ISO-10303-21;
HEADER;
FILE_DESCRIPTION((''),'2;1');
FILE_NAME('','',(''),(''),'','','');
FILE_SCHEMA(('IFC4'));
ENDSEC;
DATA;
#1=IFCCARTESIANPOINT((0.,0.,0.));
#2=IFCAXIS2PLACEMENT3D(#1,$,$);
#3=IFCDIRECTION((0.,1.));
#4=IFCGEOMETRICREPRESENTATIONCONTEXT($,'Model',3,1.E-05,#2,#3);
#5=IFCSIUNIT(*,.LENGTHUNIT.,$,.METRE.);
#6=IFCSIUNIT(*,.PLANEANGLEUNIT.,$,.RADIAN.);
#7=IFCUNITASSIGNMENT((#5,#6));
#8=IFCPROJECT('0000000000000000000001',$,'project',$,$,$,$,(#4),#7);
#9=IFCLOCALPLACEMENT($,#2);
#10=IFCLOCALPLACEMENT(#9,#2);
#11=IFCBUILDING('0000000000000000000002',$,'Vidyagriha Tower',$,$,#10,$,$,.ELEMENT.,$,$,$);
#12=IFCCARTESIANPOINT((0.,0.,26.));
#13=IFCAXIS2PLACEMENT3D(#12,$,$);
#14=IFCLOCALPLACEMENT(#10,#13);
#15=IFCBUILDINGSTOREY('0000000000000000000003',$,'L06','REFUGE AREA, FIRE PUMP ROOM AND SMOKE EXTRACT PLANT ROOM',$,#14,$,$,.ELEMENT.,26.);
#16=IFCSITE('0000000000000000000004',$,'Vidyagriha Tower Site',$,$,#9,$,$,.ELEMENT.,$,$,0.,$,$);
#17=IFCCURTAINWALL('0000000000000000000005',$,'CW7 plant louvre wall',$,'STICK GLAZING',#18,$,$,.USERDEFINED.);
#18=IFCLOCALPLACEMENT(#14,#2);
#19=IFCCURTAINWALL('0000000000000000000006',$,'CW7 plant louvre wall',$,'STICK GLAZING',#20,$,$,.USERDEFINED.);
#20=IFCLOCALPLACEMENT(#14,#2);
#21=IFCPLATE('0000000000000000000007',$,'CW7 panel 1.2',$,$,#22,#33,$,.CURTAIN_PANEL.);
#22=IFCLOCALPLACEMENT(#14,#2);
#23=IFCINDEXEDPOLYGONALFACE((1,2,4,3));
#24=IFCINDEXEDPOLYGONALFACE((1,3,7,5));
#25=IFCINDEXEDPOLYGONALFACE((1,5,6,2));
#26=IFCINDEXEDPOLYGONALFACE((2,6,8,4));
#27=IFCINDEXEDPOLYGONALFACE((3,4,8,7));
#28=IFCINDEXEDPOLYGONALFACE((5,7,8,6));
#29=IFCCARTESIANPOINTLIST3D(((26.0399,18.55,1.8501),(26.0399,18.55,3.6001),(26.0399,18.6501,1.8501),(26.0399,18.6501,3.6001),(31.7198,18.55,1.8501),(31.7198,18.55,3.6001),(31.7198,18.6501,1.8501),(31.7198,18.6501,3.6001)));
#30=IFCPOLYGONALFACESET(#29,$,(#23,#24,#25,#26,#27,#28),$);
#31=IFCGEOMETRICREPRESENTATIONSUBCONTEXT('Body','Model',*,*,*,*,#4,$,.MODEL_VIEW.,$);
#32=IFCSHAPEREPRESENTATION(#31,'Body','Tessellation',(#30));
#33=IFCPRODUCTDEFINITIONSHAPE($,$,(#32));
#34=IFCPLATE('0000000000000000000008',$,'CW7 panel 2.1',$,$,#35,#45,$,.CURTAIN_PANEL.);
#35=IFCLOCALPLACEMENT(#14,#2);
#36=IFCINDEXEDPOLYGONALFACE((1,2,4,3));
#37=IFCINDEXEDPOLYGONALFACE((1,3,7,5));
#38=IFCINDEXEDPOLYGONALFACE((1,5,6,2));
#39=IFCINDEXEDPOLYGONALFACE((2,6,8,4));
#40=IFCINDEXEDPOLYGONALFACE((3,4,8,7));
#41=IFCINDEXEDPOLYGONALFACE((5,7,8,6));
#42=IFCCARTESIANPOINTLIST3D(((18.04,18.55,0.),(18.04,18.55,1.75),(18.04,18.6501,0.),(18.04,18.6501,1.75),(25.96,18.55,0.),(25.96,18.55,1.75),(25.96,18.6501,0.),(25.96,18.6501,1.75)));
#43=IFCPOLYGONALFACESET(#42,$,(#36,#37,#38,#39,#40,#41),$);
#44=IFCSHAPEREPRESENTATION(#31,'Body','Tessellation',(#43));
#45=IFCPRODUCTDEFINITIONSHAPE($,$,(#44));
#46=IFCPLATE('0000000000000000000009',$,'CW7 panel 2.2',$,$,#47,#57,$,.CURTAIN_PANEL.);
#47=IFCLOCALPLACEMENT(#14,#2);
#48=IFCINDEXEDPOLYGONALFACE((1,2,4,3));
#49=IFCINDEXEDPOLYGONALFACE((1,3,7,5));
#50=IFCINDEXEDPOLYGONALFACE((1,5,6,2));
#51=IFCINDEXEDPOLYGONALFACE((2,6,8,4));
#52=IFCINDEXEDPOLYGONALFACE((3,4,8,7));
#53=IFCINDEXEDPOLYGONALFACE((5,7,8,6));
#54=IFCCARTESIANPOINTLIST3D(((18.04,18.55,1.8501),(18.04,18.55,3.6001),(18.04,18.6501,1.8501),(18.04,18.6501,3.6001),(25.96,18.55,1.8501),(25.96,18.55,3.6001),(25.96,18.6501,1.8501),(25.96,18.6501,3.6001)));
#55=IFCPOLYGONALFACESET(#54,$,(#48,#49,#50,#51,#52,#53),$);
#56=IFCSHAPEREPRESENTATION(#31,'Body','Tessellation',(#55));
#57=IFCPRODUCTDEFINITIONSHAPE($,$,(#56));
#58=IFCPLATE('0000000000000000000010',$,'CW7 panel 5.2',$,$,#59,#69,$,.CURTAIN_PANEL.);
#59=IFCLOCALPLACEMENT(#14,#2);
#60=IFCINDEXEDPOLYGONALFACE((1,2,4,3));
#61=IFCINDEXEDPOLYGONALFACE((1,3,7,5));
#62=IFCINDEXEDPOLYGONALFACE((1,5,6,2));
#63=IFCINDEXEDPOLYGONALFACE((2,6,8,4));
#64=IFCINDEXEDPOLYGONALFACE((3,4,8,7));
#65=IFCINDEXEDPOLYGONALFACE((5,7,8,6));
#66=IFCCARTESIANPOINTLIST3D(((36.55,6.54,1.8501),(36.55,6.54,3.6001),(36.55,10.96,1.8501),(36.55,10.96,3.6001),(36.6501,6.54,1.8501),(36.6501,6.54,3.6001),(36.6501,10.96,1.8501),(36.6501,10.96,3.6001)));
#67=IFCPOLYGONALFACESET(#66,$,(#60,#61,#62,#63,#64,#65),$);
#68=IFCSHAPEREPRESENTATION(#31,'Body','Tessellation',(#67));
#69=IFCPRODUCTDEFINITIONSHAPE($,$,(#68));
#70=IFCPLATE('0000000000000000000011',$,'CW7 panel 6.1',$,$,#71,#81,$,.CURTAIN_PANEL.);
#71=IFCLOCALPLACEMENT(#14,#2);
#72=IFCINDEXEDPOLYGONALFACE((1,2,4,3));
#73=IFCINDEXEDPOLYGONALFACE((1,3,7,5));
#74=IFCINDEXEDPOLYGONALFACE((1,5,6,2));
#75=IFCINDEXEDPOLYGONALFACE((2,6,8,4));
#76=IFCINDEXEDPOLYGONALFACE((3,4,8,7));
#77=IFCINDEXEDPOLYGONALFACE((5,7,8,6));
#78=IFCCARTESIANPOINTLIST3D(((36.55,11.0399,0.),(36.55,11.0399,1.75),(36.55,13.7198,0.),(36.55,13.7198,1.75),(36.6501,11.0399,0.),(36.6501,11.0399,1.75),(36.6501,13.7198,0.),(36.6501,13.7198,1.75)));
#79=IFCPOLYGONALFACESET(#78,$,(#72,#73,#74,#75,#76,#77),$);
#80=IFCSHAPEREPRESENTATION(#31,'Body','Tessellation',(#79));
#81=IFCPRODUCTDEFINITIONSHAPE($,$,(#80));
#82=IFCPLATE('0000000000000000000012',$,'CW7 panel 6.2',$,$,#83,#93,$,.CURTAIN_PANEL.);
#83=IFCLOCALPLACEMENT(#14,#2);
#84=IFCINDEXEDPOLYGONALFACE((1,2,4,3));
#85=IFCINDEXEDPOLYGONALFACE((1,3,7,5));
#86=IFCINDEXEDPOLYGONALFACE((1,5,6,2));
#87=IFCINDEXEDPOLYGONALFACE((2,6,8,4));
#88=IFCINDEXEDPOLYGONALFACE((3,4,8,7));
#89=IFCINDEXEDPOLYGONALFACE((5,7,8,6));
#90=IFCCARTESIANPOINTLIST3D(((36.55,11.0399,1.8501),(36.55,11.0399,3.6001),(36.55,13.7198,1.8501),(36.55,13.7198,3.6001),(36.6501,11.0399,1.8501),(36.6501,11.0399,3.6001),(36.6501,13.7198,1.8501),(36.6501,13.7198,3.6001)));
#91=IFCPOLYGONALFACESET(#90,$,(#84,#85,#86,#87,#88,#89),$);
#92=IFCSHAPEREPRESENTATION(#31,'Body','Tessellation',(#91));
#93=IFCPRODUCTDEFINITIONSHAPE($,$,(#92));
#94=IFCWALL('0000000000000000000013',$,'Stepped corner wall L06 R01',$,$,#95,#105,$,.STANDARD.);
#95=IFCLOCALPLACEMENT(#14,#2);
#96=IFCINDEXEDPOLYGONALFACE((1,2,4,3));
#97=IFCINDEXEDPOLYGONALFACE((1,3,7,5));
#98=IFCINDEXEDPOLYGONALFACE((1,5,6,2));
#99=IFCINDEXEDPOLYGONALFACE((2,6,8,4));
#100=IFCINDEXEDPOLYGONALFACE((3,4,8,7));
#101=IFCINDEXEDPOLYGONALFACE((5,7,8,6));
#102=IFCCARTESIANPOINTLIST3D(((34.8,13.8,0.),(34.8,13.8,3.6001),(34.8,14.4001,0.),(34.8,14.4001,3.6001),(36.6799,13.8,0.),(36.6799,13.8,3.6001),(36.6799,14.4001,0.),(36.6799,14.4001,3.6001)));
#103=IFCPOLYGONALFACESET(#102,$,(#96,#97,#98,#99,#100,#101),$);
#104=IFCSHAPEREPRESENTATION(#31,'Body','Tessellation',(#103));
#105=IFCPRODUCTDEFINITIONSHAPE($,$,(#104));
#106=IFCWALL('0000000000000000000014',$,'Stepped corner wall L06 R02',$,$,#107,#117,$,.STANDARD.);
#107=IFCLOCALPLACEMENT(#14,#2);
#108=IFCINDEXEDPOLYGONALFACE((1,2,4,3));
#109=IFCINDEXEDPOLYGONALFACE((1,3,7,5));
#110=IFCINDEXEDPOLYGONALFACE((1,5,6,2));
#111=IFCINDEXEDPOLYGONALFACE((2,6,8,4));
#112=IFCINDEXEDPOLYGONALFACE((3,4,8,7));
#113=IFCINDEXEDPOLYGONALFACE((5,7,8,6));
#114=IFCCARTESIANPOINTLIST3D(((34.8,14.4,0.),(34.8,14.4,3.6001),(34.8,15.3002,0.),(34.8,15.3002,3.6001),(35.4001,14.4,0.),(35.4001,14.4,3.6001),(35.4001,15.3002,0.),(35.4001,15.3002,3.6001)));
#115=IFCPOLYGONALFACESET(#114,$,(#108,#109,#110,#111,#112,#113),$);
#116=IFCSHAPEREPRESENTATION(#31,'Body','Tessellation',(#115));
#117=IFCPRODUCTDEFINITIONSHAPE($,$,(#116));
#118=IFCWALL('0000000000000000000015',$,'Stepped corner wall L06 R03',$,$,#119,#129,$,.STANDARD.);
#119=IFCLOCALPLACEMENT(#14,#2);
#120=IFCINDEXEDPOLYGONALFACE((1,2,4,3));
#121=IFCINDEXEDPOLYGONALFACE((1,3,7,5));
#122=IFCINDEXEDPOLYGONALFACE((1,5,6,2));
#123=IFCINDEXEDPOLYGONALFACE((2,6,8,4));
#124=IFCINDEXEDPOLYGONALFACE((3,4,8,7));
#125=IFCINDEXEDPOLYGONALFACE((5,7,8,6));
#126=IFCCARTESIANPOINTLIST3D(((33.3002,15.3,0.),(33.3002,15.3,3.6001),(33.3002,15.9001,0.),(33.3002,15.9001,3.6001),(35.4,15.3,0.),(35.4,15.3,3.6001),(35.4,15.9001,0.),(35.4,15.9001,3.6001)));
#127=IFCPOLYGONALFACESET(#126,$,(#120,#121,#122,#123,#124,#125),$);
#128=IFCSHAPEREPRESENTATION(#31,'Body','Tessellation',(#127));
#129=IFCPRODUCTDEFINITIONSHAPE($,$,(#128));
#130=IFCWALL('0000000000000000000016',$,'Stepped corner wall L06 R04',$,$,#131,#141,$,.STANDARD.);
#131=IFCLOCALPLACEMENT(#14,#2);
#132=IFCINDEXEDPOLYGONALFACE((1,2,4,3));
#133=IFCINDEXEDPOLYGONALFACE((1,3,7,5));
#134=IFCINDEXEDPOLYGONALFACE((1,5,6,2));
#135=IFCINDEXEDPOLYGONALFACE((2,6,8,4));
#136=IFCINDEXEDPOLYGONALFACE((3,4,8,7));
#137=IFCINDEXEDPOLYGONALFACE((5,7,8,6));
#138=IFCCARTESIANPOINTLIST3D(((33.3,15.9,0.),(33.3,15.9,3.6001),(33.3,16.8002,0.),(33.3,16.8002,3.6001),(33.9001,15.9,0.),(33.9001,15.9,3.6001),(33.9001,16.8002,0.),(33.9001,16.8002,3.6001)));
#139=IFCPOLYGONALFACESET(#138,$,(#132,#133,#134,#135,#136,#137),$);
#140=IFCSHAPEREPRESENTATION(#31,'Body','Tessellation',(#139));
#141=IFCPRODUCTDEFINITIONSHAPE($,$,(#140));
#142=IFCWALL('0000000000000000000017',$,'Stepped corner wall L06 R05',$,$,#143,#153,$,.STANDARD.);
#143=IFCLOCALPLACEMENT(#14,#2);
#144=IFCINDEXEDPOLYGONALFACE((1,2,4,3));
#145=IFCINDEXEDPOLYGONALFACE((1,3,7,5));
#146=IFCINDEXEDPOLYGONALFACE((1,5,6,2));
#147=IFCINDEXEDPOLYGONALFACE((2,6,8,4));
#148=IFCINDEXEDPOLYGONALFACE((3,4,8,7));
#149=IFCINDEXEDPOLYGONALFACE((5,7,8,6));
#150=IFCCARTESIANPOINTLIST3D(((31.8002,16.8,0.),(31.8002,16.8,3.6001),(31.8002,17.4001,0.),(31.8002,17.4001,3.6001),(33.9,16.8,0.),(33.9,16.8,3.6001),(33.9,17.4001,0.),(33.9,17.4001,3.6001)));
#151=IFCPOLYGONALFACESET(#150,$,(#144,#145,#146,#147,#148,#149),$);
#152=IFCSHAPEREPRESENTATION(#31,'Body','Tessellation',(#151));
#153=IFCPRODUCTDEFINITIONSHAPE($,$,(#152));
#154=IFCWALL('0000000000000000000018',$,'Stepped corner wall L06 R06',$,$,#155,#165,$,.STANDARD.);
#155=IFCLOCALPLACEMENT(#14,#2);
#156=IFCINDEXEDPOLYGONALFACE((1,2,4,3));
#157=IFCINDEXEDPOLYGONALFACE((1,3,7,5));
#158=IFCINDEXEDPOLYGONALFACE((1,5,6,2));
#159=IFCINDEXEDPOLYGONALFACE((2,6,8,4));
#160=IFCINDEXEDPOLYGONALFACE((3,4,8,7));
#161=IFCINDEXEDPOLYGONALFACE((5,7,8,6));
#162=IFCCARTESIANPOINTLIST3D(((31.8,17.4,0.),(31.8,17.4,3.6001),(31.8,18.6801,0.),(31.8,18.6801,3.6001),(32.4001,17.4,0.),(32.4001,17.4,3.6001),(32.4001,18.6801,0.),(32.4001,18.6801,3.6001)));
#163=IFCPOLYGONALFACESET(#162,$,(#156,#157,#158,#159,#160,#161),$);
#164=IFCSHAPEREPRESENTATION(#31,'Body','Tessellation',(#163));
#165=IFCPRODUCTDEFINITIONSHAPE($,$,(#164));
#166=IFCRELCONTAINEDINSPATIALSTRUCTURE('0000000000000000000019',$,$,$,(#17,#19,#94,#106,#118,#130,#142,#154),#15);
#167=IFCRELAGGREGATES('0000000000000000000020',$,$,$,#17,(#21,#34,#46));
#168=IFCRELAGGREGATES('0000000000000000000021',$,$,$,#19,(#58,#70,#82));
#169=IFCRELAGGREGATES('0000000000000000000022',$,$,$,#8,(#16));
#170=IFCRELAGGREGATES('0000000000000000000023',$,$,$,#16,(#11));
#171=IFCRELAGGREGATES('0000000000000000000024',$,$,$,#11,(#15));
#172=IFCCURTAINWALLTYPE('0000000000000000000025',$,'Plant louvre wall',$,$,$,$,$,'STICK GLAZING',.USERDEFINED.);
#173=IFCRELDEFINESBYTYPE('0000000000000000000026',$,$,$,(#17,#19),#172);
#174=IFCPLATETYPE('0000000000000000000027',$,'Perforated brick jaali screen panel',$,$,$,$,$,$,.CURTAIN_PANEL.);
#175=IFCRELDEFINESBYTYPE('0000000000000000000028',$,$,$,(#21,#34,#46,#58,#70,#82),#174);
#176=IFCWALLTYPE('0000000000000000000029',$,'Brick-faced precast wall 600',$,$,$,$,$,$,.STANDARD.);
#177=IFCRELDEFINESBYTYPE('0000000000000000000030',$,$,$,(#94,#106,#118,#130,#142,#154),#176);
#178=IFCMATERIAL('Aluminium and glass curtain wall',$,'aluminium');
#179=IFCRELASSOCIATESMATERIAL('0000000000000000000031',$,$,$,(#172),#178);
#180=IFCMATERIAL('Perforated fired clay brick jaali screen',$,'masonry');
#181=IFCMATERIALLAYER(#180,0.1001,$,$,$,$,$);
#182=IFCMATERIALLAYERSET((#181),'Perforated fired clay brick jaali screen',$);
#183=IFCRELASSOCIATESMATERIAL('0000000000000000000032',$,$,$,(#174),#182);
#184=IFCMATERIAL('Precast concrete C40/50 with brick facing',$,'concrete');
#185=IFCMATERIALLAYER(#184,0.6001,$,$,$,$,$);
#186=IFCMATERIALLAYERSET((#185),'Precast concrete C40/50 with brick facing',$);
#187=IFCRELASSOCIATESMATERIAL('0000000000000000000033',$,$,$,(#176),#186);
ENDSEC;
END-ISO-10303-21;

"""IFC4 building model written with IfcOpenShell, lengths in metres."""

from ifc_helpers import new_model, si_unit, direction, frame, frame_2d, origin, origin_2d, place, context, subcontext, project, spatial, rectangle, extrude, material, layer, layer_set, type_object, element, aggregate, save


model = new_model("IFC4")

# Units and contexts
model_context = context("Model", 3, precision=1e-05, world=origin(), true_north=direction((0.0, 1.0)))
body_context = subcontext(model_context, "Body", "Model", "MODEL_VIEW")
ifc_project = project(units=[si_unit("LENGTHUNIT", "METRE"), si_unit("PLANEANGLEUNIT", "RADIAN")], contexts=[model_context])

# Site, building, storey
site_placement = place(None, origin())
site = spatial("IfcSite", under=ifc_project, at=site_placement, Name="Vidyagriha Tower Site", CompositionType="ELEMENT", RefElevation=0.0)
building_placement = place(site_placement, origin())
building = spatial("IfcBuilding", under=site, at=building_placement, Name="Vidyagriha Tower", CompositionType="ELEMENT")
storey_placement = place(building_placement, frame((0.0, 0.0, 26.0)))
storey = spatial("IfcBuildingStorey", under=building, at=storey_placement, Name="L06", Description="REFUGE AREA, FIRE PUMP ROOM AND SMOKE EXTRACT PLANT ROOM", CompositionType="ELEMENT", Elevation=26.0)

# Curtain walls
ifc_material_1 = material(Name="Aluminium and glass curtain wall", Category="aluminium")
curtain_wall_type = type_object("IfcCurtainWallType", Name="Plant louvre wall", ElementType="STICK GLAZING", PredefinedType="USERDEFINED", material=ifc_material_1)
curtain_wall_1_placement = place(storey_placement, origin())
curtain_wall_1 = element("IfcCurtainWall", 1, at=curtain_wall_1_placement, inside=storey, type_object=curtain_wall_type, Name="CW7 plant louvre wall", ObjectType="STICK GLAZING", PredefinedType="USERDEFINED")
curtain_wall_2_placement = place(storey_placement, origin())
curtain_wall_2 = element("IfcCurtainWall", 2, at=curtain_wall_2_placement, inside=storey, type_object=curtain_wall_type, Name="CW7 plant louvre wall", ObjectType="STICK GLAZING", PredefinedType="USERDEFINED")

# Plates
ifc_material_2 = material(Name="Perforated fired clay brick jaali screen", Category="masonry")
ifc_layer_1 = layer(ifc_material_2, 0.1001)
ifc_layer_set_1 = layer_set([ifc_layer_1], Name="Perforated fired clay brick jaali screen")
plate_type = type_object("IfcPlateType", Name="Perforated brick jaali screen panel", PredefinedType="CURTAIN_PANEL", material=ifc_layer_set_1)
plate_1_placement = place(storey_placement, frame((28.8799, 18.6001, 1.8501), z_axis=(0.0, 0.0, 1.0), x_axis=(-1.0, 0.0, 0.0)))
plate_1 = element("IfcPlate", 3, at=plate_1_placement, type_object=plate_type, Name="CW7 panel 1.2", PredefinedType="CURTAIN_PANEL", context=body_context, shape_type="SweptSolid", body=[
    extrude(rectangle(XDim=5.6799, YDim=0.1001, at=origin_2d()), origin(), (0.0, 0.0, 1.0), 1.75),
])
plate_2_placement = place(storey_placement, frame((22.0, 18.6001, 0.0), z_axis=(0.0, 0.0, 1.0), x_axis=(-1.0, 0.0, 0.0)))
plate_2 = element("IfcPlate", 4, at=plate_2_placement, type_object=plate_type, Name="CW7 panel 2.1", PredefinedType="CURTAIN_PANEL", context=body_context, shape_type="SweptSolid", body=[
    extrude(rectangle(XDim=7.9199, YDim=0.1001, at=origin_2d()), origin(), (0.0, 0.0, 1.0), 1.75),
])
plate_3_placement = place(storey_placement, frame((22.0, 18.6001, 1.8501), z_axis=(0.0, 0.0, 1.0), x_axis=(-1.0, 0.0, 0.0)))
plate_3 = element("IfcPlate", 5, at=plate_3_placement, type_object=plate_type, Name="CW7 panel 2.2", PredefinedType="CURTAIN_PANEL", context=body_context, shape_type="SweptSolid", body=[
    extrude(rectangle(XDim=7.9199, YDim=0.1001, at=origin_2d()), origin(), (0.0, 0.0, 1.0), 1.75),
])
aggregate(curtain_wall_1, [plate_1, plate_2, plate_3])
plate_4_placement = place(storey_placement, frame((36.6001, 8.75, 1.8501), z_axis=(0.0, 0.0, 1.0), x_axis=(0.0, 1.0, 0.0)))
plate_4 = element("IfcPlate", 6, at=plate_4_placement, type_object=plate_type, Name="CW7 panel 5.2", PredefinedType="CURTAIN_PANEL", context=body_context, shape_type="SweptSolid", body=[
    extrude(rectangle(XDim=4.4199, YDim=0.1001, at=origin_2d()), origin(), (0.0, 0.0, 1.0), 1.75),
])
plate_5_placement = place(storey_placement, frame((36.6001, 12.3799, 0.0), z_axis=(0.0, 0.0, 1.0), x_axis=(0.0, 1.0, 0.0)))
plate_5 = element("IfcPlate", 7, at=plate_5_placement, type_object=plate_type, Name="CW7 panel 6.1", PredefinedType="CURTAIN_PANEL", context=body_context, shape_type="SweptSolid", body=[
    extrude(rectangle(XDim=2.6799, YDim=0.1001, at=origin_2d()), origin(), (0.0, 0.0, 1.0), 1.75),
])
plate_6_placement = place(storey_placement, frame((36.6001, 12.3799, 1.8501), z_axis=(0.0, 0.0, 1.0), x_axis=(0.0, 1.0, 0.0)))
plate_6 = element("IfcPlate", 8, at=plate_6_placement, type_object=plate_type, Name="CW7 panel 6.2", PredefinedType="CURTAIN_PANEL", context=body_context, shape_type="SweptSolid", body=[
    extrude(rectangle(XDim=2.6799, YDim=0.1001, at=origin_2d()), origin(), (0.0, 0.0, 1.0), 1.75),
])
aggregate(curtain_wall_2, [plate_4, plate_5, plate_6])

# Walls
ifc_material_3 = material(Name="Precast concrete C40/50 with brick facing", Category="concrete")
ifc_layer_2 = layer(ifc_material_3, 0.6001)
ifc_layer_set_2 = layer_set([ifc_layer_2], Name="Precast concrete C40/50 with brick facing")
wall_type = type_object("IfcWallType", Name="Brick-faced precast wall 600", PredefinedType="STANDARD", material=ifc_layer_set_2)
wall_1_placement = place(storey_placement, frame((36.6799, 14.1001, 0.0), z_axis=(0.0, 0.0, 1.0), x_axis=(-1.0, 0.0, 0.0)))
element("IfcWall", 9, at=wall_1_placement, inside=storey, type_object=wall_type, Name="Stepped corner wall L06 R01", PredefinedType="STANDARD", context=body_context, shape_type="SweptSolid", body=[
    extrude(rectangle(XDim=1.8799, YDim=0.6001, at=frame_2d((0.9399, 0.0))), origin(), (0.0, 0.0, 1.0), 3.6001),
])
wall_2_placement = place(storey_placement, frame((35.1001, 14.3999, 0.0), z_axis=(0.0, 0.0, 1.0), x_axis=(0.0, 1.0, 0.0)))
element("IfcWall", 10, at=wall_2_placement, inside=storey, type_object=wall_type, Name="Stepped corner wall L06 R02", PredefinedType="STANDARD", context=body_context, shape_type="SweptSolid", body=[
    extrude(rectangle(XDim=0.9001, YDim=0.6001, at=frame_2d((0.4502, 0.0))), origin(), (0.0, 0.0, 1.0), 3.6001),
])
wall_3_placement = place(storey_placement, frame((35.3999, 15.6001, 0.0), z_axis=(0.0, 0.0, 1.0), x_axis=(-1.0, 0.0, 0.0)))
element("IfcWall", 11, at=wall_3_placement, inside=storey, type_object=wall_type, Name="Stepped corner wall L06 R03", PredefinedType="STANDARD", context=body_context, shape_type="SweptSolid", body=[
    extrude(rectangle(XDim=2.0999, YDim=0.6001, at=frame_2d((1.0498, 0.0))), origin(), (0.0, 0.0, 1.0), 3.6001),
])
wall_4_placement = place(storey_placement, frame((33.6001, 15.8999, 0.0), z_axis=(0.0, 0.0, 1.0), x_axis=(0.0, 1.0, 0.0)))
element("IfcWall", 12, at=wall_4_placement, inside=storey, type_object=wall_type, Name="Stepped corner wall L06 R04", PredefinedType="STANDARD", context=body_context, shape_type="SweptSolid", body=[
    extrude(rectangle(XDim=0.9001, YDim=0.6001, at=frame_2d((0.4502, 0.0))), origin(), (0.0, 0.0, 1.0), 3.6001),
])
wall_5_placement = place(storey_placement, frame((33.8999, 17.1001, 0.0), z_axis=(0.0, 0.0, 1.0), x_axis=(-1.0, 0.0, 0.0)))
element("IfcWall", 13, at=wall_5_placement, inside=storey, type_object=wall_type, Name="Stepped corner wall L06 R05", PredefinedType="STANDARD", context=body_context, shape_type="SweptSolid", body=[
    extrude(rectangle(XDim=2.0999, YDim=0.6001, at=frame_2d((1.0498, 0.0))), origin(), (0.0, 0.0, 1.0), 3.6001),
])
wall_6_placement = place(storey_placement, frame((32.1001, 17.3999, 0.0), z_axis=(0.0, 0.0, 1.0), x_axis=(0.0, 1.0, 0.0)))
element("IfcWall", 14, at=wall_6_placement, inside=storey, type_object=wall_type, Name="Stepped corner wall L06 R06", PredefinedType="STANDARD", context=body_context, shape_type="SweptSolid", body=[
    extrude(rectangle(XDim=1.28, YDim=0.6001, at=frame_2d((0.6401, 0.0))), origin(), (0.0, 0.0, 1.0), 3.6001),
])

save(model, "model.ifc")
